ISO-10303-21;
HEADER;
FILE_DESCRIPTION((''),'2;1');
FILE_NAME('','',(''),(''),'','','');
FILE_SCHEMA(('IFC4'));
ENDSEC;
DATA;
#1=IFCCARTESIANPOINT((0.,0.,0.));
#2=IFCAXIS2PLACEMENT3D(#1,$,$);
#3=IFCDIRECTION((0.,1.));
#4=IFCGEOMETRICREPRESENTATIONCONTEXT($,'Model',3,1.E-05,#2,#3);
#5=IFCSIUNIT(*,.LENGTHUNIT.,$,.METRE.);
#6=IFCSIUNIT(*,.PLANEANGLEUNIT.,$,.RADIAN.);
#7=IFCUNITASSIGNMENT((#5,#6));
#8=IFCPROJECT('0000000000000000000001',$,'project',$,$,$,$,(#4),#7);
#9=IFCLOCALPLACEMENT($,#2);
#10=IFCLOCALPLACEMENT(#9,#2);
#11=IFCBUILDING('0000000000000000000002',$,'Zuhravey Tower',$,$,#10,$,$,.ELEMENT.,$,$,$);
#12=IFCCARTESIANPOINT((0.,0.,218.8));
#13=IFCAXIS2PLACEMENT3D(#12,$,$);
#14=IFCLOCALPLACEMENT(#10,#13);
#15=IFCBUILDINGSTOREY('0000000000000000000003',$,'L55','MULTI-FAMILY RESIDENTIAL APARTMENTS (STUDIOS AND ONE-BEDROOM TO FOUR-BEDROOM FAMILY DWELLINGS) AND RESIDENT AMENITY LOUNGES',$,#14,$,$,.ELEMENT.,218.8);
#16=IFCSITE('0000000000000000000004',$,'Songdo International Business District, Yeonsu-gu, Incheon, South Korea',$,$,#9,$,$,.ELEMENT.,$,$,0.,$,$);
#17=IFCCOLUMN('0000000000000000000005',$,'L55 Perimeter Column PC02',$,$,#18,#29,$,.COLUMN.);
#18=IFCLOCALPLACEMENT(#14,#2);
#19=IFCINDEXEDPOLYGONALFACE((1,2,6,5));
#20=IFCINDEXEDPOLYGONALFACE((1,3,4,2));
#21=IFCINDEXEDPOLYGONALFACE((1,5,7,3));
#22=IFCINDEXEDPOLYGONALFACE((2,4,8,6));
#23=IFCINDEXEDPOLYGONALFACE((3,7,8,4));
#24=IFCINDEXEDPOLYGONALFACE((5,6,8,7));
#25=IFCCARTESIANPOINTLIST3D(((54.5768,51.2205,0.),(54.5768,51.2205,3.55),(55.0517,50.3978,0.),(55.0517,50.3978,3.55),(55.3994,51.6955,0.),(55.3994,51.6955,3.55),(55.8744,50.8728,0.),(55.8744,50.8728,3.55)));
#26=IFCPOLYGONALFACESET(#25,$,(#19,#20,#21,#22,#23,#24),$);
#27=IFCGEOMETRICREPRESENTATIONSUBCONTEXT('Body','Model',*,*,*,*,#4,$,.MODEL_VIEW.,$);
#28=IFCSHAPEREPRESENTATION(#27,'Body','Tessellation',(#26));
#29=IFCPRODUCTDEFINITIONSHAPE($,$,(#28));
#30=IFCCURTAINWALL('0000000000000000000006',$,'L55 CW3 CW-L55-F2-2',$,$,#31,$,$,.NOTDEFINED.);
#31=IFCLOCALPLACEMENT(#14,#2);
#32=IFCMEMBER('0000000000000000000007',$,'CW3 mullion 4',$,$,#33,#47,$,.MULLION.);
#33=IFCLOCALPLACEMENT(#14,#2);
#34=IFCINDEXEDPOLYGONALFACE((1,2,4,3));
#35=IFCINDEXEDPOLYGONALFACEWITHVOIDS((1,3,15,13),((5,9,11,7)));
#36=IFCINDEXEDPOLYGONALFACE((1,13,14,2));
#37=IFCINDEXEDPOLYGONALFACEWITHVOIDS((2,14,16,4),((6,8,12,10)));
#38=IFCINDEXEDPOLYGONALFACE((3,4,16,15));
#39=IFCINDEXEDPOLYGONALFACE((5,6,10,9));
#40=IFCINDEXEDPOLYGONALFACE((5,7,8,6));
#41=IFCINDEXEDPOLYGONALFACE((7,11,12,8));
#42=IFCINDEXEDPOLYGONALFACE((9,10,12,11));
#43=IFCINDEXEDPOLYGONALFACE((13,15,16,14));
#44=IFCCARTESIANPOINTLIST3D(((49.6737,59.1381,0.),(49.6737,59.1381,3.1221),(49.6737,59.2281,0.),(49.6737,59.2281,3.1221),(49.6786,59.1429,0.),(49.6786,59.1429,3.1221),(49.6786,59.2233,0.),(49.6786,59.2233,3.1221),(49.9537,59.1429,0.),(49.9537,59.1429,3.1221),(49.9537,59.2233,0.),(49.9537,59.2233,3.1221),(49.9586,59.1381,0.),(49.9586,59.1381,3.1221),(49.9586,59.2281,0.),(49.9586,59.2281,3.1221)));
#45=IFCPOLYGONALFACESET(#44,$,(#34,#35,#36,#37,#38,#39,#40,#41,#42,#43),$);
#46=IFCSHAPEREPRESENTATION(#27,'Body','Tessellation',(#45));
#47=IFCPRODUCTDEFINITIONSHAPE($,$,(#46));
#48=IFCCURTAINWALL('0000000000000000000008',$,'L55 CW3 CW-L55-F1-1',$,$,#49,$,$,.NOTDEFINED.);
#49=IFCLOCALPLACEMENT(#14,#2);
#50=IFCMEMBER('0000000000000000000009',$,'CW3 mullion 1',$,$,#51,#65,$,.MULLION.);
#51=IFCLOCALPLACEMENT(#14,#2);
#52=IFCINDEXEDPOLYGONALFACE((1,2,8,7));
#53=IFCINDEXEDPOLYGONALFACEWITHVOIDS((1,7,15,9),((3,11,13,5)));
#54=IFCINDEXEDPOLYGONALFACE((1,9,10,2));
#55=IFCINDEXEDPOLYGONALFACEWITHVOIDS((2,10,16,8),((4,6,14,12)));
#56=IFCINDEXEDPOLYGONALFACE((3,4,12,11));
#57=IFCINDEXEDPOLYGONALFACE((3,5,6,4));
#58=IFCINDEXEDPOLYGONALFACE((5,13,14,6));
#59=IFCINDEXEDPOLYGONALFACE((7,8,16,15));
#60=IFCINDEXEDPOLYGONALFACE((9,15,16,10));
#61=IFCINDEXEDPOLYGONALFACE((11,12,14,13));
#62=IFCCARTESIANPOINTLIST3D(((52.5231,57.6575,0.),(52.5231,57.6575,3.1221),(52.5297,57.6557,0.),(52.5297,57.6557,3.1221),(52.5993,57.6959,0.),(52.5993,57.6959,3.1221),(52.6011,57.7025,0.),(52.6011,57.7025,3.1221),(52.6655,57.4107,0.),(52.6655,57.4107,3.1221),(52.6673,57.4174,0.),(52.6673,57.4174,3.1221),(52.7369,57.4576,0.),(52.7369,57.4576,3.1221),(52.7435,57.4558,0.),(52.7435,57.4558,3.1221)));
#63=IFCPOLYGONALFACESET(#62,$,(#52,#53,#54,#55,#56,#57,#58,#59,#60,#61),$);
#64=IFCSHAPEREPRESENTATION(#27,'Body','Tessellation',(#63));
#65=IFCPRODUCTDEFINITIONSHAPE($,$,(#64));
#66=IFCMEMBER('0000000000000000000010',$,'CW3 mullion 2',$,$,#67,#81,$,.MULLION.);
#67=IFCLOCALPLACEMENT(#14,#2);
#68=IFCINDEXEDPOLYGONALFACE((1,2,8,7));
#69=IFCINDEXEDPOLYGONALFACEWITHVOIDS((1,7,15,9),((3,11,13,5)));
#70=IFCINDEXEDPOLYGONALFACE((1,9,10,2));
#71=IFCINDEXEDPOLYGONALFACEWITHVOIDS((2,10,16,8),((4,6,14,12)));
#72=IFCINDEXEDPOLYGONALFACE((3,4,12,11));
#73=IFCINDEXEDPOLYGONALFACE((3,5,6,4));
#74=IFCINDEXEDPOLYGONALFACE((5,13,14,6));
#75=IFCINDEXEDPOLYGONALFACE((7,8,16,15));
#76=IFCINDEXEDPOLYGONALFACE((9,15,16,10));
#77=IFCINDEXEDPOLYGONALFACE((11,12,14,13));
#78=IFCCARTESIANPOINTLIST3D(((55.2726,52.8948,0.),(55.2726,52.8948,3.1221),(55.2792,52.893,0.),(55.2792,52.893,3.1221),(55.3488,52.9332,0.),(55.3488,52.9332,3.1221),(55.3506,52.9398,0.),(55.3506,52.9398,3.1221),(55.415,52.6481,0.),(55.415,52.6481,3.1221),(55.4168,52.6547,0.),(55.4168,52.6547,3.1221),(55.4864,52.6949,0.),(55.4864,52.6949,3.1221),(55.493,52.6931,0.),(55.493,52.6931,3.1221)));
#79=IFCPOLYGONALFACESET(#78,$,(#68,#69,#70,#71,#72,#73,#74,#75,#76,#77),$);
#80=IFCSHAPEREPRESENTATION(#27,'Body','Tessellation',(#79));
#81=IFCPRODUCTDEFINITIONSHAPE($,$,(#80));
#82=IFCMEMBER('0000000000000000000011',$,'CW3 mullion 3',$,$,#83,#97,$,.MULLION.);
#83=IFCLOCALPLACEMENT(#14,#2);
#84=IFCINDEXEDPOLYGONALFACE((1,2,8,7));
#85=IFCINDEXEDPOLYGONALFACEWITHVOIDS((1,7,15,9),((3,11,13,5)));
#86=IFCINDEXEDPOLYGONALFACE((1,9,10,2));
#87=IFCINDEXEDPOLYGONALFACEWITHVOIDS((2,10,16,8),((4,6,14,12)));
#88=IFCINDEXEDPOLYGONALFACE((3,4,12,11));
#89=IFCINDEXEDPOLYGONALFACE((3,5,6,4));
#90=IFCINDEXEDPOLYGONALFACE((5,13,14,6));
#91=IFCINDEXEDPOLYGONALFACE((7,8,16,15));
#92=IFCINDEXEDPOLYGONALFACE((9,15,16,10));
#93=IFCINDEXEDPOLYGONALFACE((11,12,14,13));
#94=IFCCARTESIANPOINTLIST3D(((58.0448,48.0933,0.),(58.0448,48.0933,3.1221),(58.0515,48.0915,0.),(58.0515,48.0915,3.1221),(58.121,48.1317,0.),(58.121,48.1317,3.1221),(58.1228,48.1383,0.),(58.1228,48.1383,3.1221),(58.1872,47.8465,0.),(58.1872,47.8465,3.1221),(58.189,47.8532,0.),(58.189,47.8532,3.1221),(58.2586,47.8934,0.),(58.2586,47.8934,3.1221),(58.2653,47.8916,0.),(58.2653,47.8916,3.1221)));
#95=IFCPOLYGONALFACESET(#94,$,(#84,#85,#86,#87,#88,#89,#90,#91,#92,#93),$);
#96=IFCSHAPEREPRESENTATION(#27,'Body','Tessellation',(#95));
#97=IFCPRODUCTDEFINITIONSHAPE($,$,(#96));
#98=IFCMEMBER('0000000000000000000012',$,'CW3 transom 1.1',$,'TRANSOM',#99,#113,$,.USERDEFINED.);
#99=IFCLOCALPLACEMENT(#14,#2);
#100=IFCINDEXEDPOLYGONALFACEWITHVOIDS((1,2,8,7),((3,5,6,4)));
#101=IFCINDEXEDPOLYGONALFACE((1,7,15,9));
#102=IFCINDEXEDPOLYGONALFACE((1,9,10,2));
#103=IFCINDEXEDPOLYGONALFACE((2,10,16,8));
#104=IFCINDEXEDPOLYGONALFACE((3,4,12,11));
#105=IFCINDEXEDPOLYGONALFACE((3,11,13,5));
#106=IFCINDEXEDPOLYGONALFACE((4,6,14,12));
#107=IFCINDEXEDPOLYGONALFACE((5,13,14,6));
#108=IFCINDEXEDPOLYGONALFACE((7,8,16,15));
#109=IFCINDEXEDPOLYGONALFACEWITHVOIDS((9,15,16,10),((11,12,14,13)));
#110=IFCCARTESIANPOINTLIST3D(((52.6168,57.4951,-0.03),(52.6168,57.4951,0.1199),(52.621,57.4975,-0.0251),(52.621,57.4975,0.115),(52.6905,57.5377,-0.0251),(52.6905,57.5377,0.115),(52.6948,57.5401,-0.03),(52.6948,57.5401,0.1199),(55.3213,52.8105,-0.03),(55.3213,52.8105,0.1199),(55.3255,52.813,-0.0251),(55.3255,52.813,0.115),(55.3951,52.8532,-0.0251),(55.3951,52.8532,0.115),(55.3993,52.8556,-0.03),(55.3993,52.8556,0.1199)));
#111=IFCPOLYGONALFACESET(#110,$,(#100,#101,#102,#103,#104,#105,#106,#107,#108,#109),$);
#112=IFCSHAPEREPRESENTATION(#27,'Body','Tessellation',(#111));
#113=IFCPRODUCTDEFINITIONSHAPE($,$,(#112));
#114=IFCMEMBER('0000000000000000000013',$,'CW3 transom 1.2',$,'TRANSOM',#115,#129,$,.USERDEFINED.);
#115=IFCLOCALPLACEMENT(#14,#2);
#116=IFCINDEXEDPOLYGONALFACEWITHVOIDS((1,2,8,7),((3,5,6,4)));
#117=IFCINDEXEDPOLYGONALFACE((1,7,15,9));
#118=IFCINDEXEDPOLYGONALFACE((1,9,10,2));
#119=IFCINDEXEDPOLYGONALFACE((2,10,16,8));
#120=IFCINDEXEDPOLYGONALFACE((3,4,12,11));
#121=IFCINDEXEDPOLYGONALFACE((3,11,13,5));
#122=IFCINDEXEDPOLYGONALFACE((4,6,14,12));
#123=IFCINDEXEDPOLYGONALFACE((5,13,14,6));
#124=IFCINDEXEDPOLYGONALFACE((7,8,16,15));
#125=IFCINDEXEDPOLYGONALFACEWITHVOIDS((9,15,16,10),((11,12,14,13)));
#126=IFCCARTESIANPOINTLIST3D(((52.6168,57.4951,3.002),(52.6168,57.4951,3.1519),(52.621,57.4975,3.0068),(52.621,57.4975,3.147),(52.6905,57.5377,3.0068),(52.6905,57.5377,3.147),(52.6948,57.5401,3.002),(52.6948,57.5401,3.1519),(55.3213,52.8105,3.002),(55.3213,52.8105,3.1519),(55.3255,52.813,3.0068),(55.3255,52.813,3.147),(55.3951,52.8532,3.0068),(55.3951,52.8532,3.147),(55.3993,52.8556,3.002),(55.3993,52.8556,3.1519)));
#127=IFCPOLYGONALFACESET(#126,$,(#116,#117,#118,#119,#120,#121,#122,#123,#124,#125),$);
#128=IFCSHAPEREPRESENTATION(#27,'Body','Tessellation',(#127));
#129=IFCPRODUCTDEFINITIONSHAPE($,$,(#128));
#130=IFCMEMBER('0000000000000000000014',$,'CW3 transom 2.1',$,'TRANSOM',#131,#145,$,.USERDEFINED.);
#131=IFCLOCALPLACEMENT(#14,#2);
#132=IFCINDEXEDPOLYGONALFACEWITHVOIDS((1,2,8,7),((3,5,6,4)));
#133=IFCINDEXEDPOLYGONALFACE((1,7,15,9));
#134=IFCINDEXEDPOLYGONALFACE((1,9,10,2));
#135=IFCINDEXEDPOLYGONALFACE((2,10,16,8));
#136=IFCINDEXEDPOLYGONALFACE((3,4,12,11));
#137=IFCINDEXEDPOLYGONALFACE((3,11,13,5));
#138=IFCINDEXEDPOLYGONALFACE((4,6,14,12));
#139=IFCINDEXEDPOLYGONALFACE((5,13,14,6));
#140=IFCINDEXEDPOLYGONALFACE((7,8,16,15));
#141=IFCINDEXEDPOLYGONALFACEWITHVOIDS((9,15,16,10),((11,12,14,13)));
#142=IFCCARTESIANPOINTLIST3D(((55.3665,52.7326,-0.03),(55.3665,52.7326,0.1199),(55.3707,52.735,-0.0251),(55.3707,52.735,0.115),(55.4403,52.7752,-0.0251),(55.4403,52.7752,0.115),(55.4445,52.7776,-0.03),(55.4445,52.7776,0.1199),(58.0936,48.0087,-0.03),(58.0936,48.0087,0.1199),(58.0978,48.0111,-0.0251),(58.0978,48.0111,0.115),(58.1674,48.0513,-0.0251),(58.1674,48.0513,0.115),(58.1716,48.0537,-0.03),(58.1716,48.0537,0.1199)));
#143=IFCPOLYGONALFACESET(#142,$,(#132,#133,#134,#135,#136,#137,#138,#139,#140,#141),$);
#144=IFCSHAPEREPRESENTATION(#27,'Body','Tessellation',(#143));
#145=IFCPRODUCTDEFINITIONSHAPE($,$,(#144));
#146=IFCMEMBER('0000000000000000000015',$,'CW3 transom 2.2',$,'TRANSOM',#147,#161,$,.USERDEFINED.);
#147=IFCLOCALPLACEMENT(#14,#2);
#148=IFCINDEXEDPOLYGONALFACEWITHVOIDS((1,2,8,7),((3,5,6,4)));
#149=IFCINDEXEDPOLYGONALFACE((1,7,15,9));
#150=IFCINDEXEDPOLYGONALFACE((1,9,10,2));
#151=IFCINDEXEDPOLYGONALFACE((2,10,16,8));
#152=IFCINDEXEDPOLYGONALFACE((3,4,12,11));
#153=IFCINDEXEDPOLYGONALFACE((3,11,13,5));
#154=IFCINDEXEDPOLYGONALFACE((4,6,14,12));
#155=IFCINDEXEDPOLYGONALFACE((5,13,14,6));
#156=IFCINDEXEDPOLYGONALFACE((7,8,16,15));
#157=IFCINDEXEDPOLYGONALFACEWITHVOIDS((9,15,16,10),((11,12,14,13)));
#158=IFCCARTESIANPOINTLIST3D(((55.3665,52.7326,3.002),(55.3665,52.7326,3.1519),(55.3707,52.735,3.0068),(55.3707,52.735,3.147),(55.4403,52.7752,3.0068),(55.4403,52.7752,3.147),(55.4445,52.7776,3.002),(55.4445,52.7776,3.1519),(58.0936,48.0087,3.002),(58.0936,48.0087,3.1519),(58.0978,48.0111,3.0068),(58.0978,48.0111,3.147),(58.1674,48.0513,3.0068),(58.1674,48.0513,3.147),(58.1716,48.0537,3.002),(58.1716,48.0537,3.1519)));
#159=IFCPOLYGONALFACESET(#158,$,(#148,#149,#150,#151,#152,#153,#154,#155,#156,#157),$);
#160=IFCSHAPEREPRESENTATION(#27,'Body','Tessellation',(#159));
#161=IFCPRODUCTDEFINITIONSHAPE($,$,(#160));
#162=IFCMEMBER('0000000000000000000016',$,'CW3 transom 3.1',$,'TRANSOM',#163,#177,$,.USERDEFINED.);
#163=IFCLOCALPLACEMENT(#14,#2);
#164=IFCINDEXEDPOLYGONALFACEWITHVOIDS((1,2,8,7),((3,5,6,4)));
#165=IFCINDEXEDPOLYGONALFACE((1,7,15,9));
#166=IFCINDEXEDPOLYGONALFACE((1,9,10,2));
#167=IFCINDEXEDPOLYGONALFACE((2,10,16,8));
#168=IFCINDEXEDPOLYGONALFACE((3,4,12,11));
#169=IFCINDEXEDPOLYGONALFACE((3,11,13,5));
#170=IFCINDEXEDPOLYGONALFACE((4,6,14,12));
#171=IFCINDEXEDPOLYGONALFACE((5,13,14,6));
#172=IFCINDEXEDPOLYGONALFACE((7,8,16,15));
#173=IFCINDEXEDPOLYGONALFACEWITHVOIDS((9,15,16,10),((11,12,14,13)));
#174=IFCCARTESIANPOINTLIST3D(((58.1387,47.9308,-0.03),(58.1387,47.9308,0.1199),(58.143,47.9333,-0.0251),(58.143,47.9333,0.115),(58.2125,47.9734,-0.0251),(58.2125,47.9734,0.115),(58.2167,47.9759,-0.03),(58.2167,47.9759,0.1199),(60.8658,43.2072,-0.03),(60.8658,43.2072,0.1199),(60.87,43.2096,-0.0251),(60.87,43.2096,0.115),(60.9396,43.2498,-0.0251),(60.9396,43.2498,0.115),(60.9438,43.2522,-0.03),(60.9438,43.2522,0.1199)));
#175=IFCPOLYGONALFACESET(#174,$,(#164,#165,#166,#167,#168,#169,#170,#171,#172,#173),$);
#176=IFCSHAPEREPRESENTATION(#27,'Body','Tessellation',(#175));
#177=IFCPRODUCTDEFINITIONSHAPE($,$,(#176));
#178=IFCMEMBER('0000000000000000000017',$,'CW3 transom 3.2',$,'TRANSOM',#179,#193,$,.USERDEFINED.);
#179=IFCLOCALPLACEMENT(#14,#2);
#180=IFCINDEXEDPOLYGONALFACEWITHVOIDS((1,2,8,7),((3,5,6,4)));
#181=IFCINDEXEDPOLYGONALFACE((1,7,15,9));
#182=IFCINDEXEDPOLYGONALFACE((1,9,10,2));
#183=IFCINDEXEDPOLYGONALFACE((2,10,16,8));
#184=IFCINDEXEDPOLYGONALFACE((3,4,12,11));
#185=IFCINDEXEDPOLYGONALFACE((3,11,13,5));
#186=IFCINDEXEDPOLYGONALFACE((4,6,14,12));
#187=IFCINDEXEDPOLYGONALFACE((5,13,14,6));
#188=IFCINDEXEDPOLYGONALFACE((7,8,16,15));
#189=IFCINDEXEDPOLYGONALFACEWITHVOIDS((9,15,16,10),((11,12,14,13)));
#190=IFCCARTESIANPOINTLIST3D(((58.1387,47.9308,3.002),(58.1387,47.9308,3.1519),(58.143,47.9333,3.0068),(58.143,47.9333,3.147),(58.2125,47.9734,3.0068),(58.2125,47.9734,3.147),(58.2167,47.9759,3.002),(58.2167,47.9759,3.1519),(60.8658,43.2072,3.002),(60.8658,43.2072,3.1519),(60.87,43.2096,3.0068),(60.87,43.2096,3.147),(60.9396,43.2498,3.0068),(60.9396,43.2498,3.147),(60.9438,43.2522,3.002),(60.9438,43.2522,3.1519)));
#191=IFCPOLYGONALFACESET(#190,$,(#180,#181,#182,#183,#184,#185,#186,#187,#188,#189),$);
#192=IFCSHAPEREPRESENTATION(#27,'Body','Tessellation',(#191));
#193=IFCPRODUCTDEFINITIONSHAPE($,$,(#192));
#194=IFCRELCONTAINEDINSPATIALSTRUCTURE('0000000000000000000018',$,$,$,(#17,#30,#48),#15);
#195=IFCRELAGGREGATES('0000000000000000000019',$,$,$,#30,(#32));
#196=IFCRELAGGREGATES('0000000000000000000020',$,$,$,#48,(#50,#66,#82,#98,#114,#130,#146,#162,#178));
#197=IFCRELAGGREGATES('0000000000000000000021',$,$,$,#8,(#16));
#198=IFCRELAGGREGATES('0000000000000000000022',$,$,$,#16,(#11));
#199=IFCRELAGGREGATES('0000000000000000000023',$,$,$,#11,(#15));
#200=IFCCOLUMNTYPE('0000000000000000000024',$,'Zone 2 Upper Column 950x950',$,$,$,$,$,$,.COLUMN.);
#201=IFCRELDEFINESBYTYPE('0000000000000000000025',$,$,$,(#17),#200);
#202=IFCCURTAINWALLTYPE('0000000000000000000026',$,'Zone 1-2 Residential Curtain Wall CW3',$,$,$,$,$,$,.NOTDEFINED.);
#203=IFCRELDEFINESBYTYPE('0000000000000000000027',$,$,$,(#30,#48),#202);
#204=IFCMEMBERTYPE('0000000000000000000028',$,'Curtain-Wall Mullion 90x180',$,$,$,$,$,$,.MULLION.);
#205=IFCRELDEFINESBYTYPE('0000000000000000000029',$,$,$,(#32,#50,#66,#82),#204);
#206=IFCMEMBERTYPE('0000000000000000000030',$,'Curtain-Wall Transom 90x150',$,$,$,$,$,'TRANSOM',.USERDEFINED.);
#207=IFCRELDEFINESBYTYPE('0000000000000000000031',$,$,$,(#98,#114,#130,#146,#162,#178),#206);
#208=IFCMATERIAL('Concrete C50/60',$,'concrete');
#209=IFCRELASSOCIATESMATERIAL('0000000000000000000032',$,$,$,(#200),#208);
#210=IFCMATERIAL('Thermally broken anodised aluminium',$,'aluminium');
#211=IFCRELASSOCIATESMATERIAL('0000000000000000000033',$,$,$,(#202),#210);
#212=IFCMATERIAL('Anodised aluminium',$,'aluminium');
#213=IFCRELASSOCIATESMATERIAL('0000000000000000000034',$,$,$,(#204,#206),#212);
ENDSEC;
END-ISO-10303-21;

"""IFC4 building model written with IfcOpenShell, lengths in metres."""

from ifc_helpers import new_model, si_unit, direction, frame, origin, origin_2d, place, context, subcontext, project, spatial, rectangle, hollow_rectangle, extrude, material, material_profile, profile_set, type_object, element, aggregate, save


model = new_model("IFC4")

# Units and contexts
model_context = context("Model", 3, precision=1e-05, world=origin(), true_north=direction((0.0, 1.0)))
body_context = subcontext(model_context, "Body", "Model", "MODEL_VIEW")
ifc_project = project(units=[si_unit("LENGTHUNIT", "METRE"), si_unit("PLANEANGLEUNIT", "RADIAN")], contexts=[model_context])

# Site, building, storey
site_placement = place(None, origin())
site = spatial("IfcSite", under=ifc_project, at=site_placement, Name="Songdo International Business District, Yeonsu-gu, Incheon, South Korea", CompositionType="ELEMENT", RefElevation=0.0)
building_placement = place(site_placement, origin())
building = spatial("IfcBuilding", under=site, at=building_placement, Name="Zuhravey Tower", CompositionType="ELEMENT")
storey_placement = place(building_placement, frame((0.0, 0.0, 218.8)))
storey = spatial("IfcBuildingStorey", under=building, at=storey_placement, Name="L55", Description="MULTI-FAMILY RESIDENTIAL APARTMENTS (STUDIOS AND ONE-BEDROOM TO FOUR-BEDROOM FAMILY DWELLINGS) AND RESIDENT AMENITY LOUNGES", CompositionType="ELEMENT", Elevation=218.8)

# Column
ifc_material_1 = material(Name="Concrete C50/60", Category="concrete")
ifc_material_profile_1 = material_profile(ifc_material_1, rectangle(XDim=0.95, YDim=0.95, at=origin_2d()), Name="RC-950x950")
ifc_profile_set_1 = profile_set([ifc_material_profile_1], Name="Concrete C50/60")
column_type = type_object("IfcColumnType", Name="Zone 2 Upper Column 950x950", PredefinedType="COLUMN", material=ifc_profile_set_1)
column_placement = place(storey_placement, frame((55.2256, 51.0466, 0.0), z_axis=(0.0, 0.0, 1.0), x_axis=(-0.5, 0.866025, 0.0)))
element("IfcColumn", 1, at=column_placement, inside=storey, type_object=column_type, Name="L55 Perimeter Column PC02", PredefinedType="COLUMN", context=body_context, shape_type="SweptSolid", body=[
    extrude(rectangle(XDim=0.95, YDim=0.95, at=origin_2d()), origin(), (0.0, 0.0, 1.0), 3.55),
])

# Curtain wall, member
ifc_material_2 = material(Name="Thermally broken anodised aluminium", Category="aluminium")
curtain_wall_type = type_object("IfcCurtainWallType", Name="Zone 1-2 Residential Curtain Wall CW3", PredefinedType="NOTDEFINED", material=ifc_material_2)
curtain_wall_1_placement = place(storey_placement, origin())
curtain_wall_1 = element("IfcCurtainWall", 2, at=curtain_wall_1_placement, inside=storey, type_object=curtain_wall_type, Name="L55 CW3 CW-L55-F2-2", PredefinedType="NOTDEFINED")
ifc_material_3 = material(Name="Anodised aluminium", Category="aluminium")
ifc_material_profile_2 = material_profile(ifc_material_3, hollow_rectangle(XDim=0.0901, YDim=0.2849, WallThickness=0.0049, at=origin_2d()), Name="ALU-RHS-90x285x5")
ifc_profile_set_2 = profile_set([ifc_material_profile_2], Name="Anodised aluminium")
member_type_1 = type_object("IfcMemberType", Name="Curtain-Wall Mullion 90x180", PredefinedType="MULLION", material=ifc_profile_set_2)
member_1_placement = place(storey_placement, frame((49.8162, 59.1831, 0.0), z_axis=(0.0, 0.0, 1.0), x_axis=(0.0, 1.0, 0.0)))
member_1 = element("IfcMember", 3, at=member_1_placement, type_object=member_type_1, Name="CW3 mullion 4", PredefinedType="MULLION", context=body_context, shape_type="SweptSolid", body=[
    extrude(hollow_rectangle(XDim=0.0901, YDim=0.2849, WallThickness=0.0049, at=origin_2d()), origin(), (0.0, 0.0, 1.0), 3.1221),
])
aggregate(curtain_wall_1, [member_1])

# Curtain wall, members
curtain_wall_2_placement = place(storey_placement, origin())
curtain_wall_2 = element("IfcCurtainWall", 4, at=curtain_wall_2_placement, inside=storey, type_object=curtain_wall_type, Name="L55 CW3 CW-L55-F1-1", PredefinedType="NOTDEFINED")
member_2_placement = place(storey_placement, frame((52.6333, 57.5566, 0.0), z_axis=(0.0, 0.0, 1.0), x_axis=(0.866025, 0.5, 0.0)))
member_2 = element("IfcMember", 5, at=member_2_placement, type_object=member_type_1, Name="CW3 mullion 1", PredefinedType="MULLION", context=body_context, shape_type="SweptSolid", body=[
    extrude(hollow_rectangle(XDim=0.0901, YDim=0.2849, WallThickness=0.0049, at=origin_2d()), origin(), (0.0, 0.0, 1.0), 3.1221),
])
member_3_placement = place(storey_placement, frame((55.3828, 52.7939, 0.0), z_axis=(0.0, 0.0, 1.0), x_axis=(0.866025, 0.5, 0.0)))
member_3 = element("IfcMember", 6, at=member_3_placement, type_object=member_type_1, Name="CW3 mullion 2", PredefinedType="MULLION", context=body_context, shape_type="SweptSolid", body=[
    extrude(hollow_rectangle(XDim=0.0901, YDim=0.2849, WallThickness=0.0049, at=origin_2d()), origin(), (0.0, 0.0, 1.0), 3.1221),
])
member_4_placement = place(storey_placement, frame((58.155, 47.9924, 0.0), z_axis=(0.0, 0.0, 1.0), x_axis=(0.866025, 0.5, 0.0)))
member_4 = element("IfcMember", 7, at=member_4_placement, type_object=member_type_1, Name="CW3 mullion 3", PredefinedType="MULLION", context=body_context, shape_type="SweptSolid", body=[
    extrude(hollow_rectangle(XDim=0.0901, YDim=0.2849, WallThickness=0.0049, at=origin_2d()), origin(), (0.0, 0.0, 1.0), 3.1221),
])
ifc_material_profile_3 = material_profile(ifc_material_3, hollow_rectangle(XDim=0.0901, YDim=0.1499, WallThickness=0.0049, at=origin_2d()), Name="ALU-RHS-90x150x5")
ifc_profile_set_3 = profile_set([ifc_material_profile_3], Name="Anodised aluminium")
member_type_2 = type_object("IfcMemberType", Name="Curtain-Wall Transom 90x150", ElementType="TRANSOM", PredefinedType="USERDEFINED", material=ifc_profile_set_3)
member_5_placement = place(storey_placement, frame((52.6558, 57.5176, 0.0449), z_axis=(0.499993, -0.866029, 0.0), x_axis=(0.866029, 0.499993, 0.0)))
member_5 = element("IfcMember", 8, at=member_5_placement, type_object=member_type_2, Name="CW3 transom 1.1", ObjectType="TRANSOM", PredefinedType="USERDEFINED", context=body_context, shape_type="SweptSolid", body=[
    extrude(hollow_rectangle(XDim=0.0901, YDim=0.1499, WallThickness=0.0049, at=origin_2d()), origin(), (0.0, 0.0, 1.0), 5.4092),
])
member_6_placement = place(storey_placement, frame((52.6558, 57.5176, 3.0769), z_axis=(0.499993, -0.866029, 0.0), x_axis=(0.866029, 0.499993, 0.0)))
member_6 = element("IfcMember", 9, at=member_6_placement, type_object=member_type_2, Name="CW3 transom 1.2", ObjectType="TRANSOM", PredefinedType="USERDEFINED", context=body_context, shape_type="SweptSolid", body=[
    extrude(hollow_rectangle(XDim=0.0901, YDim=0.1499, WallThickness=0.0049, at=origin_2d()), origin(), (0.0, 0.0, 1.0), 5.4092),
])
member_7_placement = place(storey_placement, frame((55.4055, 52.7551, 0.0449), z_axis=(0.499961, -0.866048, 0.0), x_axis=(0.866048, 0.499961, 0.0)))
member_7 = element("IfcMember", 10, at=member_7_placement, type_object=member_type_2, Name="CW3 transom 2.1", ObjectType="TRANSOM", PredefinedType="USERDEFINED", context=body_context, shape_type="SweptSolid", body=[
    extrude(hollow_rectangle(XDim=0.0901, YDim=0.1499, WallThickness=0.0049, at=origin_2d()), origin(), (0.0, 0.0, 1.0), 5.4546),
])
member_8_placement = place(storey_placement, frame((55.4055, 52.7551, 3.0769), z_axis=(0.499961, -0.866048, 0.0), x_axis=(0.866048, 0.499961, 0.0)))
member_8 = element("IfcMember", 11, at=member_8_placement, type_object=member_type_2, Name="CW3 transom 2.2", ObjectType="TRANSOM", PredefinedType="USERDEFINED", context=body_context, shape_type="SweptSolid", body=[
    extrude(hollow_rectangle(XDim=0.0901, YDim=0.1499, WallThickness=0.0049, at=origin_2d()), origin(), (0.0, 0.0, 1.0), 5.4546),
])
member_9_placement = place(storey_placement, frame((58.1777, 47.9534, 0.0449), z_axis=(0.499981, -0.866037, 0.0), x_axis=(0.866037, 0.499981, 0.0)))
member_9 = element("IfcMember", 12, at=member_9_placement, type_object=member_type_2, Name="CW3 transom 3.1", ObjectType="TRANSOM", PredefinedType="USERDEFINED", context=body_context, shape_type="SweptSolid", body=[
    extrude(hollow_rectangle(XDim=0.0901, YDim=0.1499, WallThickness=0.0049, at=origin_2d()), origin(), (0.0, 0.0, 1.0), 5.4543),
])
member_10_placement = place(storey_placement, frame((58.1777, 47.9534, 3.0769), z_axis=(0.499981, -0.866037, 0.0), x_axis=(0.866037, 0.499981, 0.0)))
member_10 = element("IfcMember", 13, at=member_10_placement, type_object=member_type_2, Name="CW3 transom 3.2", ObjectType="TRANSOM", PredefinedType="USERDEFINED", context=body_context, shape_type="SweptSolid", body=[
    extrude(hollow_rectangle(XDim=0.0901, YDim=0.1499, WallThickness=0.0049, at=origin_2d()), origin(), (0.0, 0.0, 1.0), 5.4543),
])

aggregate(curtain_wall_2, [member_2, member_3, member_4, member_5, member_6, member_7, member_8, member_9, member_10])

save(model, "model.ifc")
